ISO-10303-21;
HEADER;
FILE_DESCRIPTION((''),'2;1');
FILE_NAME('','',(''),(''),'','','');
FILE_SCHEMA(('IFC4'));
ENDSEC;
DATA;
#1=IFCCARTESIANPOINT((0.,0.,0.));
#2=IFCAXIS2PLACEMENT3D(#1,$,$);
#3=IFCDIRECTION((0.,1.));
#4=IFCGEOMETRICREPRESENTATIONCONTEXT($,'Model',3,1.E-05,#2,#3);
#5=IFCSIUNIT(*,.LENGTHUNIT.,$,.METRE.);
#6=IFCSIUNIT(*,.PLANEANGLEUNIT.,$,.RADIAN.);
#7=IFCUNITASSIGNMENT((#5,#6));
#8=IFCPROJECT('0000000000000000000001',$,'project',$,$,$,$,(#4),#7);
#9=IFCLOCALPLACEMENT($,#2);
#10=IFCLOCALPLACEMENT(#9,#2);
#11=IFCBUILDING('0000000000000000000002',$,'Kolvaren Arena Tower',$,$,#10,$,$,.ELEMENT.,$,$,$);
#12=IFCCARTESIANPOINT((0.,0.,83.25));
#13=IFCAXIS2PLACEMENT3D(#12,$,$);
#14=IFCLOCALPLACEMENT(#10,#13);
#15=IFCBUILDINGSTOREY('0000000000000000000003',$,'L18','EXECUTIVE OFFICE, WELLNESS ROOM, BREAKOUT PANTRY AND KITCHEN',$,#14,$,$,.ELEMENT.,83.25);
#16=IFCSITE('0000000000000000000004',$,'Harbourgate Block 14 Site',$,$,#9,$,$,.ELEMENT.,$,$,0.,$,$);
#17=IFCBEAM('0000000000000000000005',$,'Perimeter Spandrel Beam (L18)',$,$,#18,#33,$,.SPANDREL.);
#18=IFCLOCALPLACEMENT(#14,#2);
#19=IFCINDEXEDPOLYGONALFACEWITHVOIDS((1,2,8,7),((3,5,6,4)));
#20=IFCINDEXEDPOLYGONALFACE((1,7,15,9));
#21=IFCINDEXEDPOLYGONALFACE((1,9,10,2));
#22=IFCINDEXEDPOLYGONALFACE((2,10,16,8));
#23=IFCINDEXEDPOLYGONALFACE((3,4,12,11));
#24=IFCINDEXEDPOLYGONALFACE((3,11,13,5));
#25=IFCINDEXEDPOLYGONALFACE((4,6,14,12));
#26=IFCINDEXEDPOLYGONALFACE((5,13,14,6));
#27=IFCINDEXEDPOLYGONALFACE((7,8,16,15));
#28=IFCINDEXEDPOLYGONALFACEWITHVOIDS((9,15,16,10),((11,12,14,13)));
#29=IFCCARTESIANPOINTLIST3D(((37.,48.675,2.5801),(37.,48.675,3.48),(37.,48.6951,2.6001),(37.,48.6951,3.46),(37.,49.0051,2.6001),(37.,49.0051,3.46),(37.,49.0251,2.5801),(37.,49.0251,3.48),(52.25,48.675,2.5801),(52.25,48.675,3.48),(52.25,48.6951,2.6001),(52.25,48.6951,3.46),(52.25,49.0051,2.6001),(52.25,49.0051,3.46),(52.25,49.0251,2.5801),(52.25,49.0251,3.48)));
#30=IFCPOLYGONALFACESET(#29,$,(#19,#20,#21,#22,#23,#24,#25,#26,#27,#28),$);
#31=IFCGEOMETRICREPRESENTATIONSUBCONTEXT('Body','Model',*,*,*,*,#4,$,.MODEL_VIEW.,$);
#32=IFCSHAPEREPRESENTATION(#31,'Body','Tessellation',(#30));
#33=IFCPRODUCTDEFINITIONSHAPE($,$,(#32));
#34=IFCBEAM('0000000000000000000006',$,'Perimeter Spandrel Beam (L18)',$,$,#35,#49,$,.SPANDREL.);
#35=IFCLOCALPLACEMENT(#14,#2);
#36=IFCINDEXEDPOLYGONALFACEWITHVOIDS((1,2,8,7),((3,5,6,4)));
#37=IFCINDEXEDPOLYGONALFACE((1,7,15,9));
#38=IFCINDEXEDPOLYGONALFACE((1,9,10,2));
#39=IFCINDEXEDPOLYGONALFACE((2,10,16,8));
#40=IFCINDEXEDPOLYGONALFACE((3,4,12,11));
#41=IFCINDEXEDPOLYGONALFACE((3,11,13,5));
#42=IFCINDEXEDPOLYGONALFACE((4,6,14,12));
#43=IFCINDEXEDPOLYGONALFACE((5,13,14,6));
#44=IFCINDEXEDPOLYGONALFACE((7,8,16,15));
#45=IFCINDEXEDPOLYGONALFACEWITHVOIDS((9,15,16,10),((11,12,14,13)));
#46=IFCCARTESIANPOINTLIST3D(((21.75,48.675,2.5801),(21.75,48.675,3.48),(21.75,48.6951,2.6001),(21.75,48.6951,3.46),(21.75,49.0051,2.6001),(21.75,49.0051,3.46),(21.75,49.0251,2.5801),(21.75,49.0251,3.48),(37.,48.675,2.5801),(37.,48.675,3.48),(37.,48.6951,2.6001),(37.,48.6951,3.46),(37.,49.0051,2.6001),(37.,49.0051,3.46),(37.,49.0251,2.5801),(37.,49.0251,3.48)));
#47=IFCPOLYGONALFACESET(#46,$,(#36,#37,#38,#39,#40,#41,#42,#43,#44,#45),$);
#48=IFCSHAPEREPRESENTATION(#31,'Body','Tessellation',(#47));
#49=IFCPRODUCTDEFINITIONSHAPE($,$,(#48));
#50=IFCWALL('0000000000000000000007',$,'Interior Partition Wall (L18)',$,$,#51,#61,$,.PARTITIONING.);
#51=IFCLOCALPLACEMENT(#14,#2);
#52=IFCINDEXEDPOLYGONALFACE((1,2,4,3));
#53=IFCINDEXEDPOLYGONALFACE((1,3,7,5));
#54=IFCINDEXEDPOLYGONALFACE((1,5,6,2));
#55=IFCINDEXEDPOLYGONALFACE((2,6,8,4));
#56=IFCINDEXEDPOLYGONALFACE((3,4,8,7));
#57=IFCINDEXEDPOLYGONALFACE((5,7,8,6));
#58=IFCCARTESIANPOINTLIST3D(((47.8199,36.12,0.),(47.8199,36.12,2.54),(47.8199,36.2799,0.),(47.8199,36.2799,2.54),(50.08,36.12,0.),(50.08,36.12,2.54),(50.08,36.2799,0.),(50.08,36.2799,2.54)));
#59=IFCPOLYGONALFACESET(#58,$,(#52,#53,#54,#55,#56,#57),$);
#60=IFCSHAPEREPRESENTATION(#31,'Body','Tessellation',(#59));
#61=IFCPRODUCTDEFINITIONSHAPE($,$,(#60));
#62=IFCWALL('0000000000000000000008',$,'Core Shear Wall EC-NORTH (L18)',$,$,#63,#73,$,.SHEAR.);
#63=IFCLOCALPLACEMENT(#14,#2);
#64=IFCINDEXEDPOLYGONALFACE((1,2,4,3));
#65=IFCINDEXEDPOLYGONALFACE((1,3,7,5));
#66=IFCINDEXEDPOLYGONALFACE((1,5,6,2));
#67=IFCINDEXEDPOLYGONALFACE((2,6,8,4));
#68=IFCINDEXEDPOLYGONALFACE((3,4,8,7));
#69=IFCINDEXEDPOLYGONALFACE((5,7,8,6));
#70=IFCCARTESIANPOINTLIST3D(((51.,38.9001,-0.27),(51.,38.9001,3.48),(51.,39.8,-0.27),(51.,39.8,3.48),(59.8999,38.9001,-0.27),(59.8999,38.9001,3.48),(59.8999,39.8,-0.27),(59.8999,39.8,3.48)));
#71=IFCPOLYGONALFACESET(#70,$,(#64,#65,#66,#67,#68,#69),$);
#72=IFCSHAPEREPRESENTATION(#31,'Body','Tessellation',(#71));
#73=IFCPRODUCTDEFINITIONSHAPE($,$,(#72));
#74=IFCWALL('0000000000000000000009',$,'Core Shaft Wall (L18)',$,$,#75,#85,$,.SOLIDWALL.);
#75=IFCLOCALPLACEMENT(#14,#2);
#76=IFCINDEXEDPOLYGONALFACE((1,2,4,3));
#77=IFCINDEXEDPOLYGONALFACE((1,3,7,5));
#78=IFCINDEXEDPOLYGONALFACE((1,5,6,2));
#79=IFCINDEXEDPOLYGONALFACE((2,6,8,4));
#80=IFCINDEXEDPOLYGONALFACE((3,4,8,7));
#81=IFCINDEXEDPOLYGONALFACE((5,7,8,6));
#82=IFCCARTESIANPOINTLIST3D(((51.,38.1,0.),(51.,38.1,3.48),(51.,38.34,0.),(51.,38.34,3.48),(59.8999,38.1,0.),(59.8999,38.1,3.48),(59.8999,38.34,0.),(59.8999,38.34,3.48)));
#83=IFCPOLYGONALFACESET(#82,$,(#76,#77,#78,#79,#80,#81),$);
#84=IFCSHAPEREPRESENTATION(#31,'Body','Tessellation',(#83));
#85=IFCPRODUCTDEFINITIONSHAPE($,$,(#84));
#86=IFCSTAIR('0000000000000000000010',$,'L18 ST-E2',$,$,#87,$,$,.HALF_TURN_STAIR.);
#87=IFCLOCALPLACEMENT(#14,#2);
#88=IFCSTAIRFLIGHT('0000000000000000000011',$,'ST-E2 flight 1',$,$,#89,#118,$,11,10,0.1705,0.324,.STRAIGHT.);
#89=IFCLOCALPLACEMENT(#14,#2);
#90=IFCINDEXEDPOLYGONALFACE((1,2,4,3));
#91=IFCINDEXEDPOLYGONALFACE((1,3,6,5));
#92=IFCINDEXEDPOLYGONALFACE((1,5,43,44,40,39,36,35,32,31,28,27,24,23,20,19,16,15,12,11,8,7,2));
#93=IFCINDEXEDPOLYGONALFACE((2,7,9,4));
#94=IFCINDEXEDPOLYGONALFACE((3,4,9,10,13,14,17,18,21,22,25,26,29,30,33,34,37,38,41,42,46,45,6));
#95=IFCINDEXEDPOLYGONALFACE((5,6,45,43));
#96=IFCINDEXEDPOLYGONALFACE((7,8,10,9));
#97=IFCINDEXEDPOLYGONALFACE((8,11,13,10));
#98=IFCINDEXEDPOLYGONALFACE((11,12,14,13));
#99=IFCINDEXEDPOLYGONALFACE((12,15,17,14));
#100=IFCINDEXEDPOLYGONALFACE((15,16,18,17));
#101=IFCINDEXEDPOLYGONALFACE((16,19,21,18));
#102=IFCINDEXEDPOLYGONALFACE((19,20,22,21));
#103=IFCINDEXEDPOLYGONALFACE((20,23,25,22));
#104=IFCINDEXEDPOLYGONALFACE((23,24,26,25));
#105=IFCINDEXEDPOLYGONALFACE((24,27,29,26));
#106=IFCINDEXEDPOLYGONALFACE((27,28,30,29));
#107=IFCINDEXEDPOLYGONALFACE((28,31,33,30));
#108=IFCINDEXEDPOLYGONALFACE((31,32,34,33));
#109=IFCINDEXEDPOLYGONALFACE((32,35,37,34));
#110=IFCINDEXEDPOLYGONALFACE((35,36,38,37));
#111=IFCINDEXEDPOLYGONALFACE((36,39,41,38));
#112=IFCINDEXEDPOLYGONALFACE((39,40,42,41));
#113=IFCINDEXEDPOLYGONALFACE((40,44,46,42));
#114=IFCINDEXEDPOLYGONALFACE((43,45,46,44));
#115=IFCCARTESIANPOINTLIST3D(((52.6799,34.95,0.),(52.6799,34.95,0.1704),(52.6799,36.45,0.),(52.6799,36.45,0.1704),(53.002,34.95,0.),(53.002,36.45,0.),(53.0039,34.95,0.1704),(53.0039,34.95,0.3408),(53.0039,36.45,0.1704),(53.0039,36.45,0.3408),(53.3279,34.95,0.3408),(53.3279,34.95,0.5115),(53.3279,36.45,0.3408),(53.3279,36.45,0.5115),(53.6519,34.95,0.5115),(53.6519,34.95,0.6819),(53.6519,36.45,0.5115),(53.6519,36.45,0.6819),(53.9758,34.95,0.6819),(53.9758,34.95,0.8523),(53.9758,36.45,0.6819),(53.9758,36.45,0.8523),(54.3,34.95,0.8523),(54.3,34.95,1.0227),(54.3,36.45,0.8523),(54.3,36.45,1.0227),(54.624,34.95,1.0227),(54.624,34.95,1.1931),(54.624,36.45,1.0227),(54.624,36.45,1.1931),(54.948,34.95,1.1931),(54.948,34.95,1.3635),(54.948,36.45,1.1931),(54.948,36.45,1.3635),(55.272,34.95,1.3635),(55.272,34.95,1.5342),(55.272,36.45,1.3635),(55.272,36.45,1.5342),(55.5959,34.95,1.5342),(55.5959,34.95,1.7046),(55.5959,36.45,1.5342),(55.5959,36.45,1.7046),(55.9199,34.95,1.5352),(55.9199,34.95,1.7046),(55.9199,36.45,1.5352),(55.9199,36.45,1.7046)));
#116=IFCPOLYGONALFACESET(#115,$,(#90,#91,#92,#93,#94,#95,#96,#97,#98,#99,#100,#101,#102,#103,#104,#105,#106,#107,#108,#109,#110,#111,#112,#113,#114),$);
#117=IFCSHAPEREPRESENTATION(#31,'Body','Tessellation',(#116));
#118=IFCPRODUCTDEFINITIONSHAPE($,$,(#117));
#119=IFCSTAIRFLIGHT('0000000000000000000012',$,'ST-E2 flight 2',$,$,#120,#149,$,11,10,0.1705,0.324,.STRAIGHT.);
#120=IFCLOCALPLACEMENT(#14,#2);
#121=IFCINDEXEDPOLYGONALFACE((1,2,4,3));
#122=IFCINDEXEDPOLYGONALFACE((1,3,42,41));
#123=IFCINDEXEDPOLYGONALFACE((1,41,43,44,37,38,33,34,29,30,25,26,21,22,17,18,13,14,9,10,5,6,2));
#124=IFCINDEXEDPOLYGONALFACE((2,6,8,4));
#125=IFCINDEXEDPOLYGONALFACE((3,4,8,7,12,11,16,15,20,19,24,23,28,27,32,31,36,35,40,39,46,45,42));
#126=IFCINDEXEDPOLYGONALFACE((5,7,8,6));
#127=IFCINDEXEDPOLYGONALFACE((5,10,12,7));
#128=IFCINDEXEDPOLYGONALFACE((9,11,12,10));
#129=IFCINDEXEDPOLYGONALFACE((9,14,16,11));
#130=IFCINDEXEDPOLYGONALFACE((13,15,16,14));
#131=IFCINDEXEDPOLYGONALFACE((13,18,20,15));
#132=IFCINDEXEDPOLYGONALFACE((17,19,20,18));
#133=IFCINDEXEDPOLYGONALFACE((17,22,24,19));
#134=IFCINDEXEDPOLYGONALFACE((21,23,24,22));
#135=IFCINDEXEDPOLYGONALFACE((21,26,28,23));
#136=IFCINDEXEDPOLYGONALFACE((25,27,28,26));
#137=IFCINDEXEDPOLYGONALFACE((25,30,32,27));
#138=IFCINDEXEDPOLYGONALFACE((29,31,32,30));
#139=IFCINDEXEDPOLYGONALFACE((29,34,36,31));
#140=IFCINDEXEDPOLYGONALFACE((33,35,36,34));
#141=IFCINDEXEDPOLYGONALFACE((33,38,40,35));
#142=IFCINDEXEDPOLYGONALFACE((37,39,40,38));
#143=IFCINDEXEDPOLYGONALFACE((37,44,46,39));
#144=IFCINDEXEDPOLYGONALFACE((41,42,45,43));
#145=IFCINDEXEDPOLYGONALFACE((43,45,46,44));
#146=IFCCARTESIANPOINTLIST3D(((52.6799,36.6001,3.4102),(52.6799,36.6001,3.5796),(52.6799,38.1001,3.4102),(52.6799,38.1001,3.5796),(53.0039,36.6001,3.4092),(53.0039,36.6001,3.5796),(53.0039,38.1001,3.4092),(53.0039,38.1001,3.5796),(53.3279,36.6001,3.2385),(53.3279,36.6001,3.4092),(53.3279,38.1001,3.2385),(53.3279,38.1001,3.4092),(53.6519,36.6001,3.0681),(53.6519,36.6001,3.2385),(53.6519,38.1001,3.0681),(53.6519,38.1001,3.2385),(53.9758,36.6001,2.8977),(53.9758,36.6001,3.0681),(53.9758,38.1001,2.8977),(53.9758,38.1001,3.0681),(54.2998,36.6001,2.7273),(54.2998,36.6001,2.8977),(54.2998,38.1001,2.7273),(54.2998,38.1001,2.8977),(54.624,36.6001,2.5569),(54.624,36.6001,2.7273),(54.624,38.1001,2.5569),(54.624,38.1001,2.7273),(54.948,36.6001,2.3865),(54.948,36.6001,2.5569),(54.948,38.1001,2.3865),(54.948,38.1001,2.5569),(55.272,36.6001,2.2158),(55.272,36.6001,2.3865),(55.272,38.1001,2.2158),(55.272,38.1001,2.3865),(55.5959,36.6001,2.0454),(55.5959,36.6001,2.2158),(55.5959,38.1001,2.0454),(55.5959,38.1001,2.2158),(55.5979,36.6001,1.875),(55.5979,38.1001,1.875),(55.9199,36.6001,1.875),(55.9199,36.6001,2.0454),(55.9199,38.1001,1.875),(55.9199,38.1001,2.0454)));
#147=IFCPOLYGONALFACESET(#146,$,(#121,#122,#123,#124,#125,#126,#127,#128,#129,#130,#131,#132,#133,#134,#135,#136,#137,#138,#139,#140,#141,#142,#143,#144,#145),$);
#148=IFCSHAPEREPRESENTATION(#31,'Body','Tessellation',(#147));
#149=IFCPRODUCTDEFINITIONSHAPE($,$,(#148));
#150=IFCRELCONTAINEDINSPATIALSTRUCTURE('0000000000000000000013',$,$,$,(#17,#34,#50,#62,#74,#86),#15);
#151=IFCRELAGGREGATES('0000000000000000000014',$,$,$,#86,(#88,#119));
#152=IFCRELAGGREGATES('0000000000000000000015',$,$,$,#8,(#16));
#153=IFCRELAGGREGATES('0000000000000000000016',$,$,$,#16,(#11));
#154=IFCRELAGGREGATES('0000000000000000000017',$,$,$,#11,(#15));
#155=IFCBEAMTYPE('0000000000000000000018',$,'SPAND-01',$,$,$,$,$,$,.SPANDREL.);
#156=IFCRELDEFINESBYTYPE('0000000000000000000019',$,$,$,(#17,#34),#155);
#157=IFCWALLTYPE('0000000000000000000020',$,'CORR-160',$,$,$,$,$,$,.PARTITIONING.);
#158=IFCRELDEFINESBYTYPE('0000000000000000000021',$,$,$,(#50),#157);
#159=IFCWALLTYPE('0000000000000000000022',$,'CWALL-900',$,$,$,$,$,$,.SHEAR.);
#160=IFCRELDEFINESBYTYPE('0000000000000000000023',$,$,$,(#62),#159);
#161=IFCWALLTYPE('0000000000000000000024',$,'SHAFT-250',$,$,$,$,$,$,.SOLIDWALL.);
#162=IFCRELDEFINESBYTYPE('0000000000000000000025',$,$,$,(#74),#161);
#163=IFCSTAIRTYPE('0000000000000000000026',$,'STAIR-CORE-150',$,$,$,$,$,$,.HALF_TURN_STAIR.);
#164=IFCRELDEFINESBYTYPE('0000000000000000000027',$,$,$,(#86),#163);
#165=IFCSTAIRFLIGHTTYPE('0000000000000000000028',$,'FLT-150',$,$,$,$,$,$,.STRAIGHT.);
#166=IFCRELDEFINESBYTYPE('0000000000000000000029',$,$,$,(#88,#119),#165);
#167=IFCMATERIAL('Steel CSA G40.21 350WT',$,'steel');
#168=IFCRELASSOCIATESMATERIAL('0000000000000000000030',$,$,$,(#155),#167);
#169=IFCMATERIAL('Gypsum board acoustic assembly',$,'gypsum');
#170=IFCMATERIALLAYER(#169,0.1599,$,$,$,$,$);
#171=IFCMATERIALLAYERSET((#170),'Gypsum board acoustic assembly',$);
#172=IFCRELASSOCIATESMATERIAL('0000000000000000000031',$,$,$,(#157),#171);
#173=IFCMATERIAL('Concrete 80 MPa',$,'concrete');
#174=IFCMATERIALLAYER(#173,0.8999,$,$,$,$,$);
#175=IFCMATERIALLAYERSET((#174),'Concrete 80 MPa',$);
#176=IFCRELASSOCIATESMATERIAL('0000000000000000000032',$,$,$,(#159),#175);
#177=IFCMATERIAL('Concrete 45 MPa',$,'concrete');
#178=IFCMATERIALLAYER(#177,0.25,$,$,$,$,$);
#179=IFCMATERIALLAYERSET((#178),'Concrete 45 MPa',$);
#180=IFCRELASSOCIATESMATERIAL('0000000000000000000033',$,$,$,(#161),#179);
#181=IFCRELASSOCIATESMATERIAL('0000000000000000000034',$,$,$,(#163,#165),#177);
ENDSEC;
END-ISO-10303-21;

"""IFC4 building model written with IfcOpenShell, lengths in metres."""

from ifc_helpers import new_model, si_unit, direction, frame, frame_2d, origin, origin_2d, place, context, subcontext, project, spatial, polyline, rectangle, hollow_rectangle, outline, extrude, material, layer, layer_set, material_profile, profile_set, type_object, element, aggregate, save


model = new_model("IFC4")

# Units and contexts
model_context = context("Model", 3, precision=1e-05, world=origin(), true_north=direction((0.0, 1.0)))
body_context = subcontext(model_context, "Body", "Model", "MODEL_VIEW")
ifc_project = project(units=[si_unit("LENGTHUNIT", "METRE"), si_unit("PLANEANGLEUNIT", "RADIAN")], contexts=[model_context])

# Site, building, storey
site_placement = place(None, origin())
site = spatial("IfcSite", under=ifc_project, at=site_placement, Name="Harbourgate Block 14 Site", CompositionType="ELEMENT", RefElevation=0.0)
building_placement = place(site_placement, origin())
building = spatial("IfcBuilding", under=site, at=building_placement, Name="Kolvaren Arena Tower", CompositionType="ELEMENT")
storey_placement = place(building_placement, frame((0.0, 0.0, 83.25)))
storey = spatial("IfcBuildingStorey", under=building, at=storey_placement, Name="L18", Description="EXECUTIVE OFFICE, WELLNESS ROOM, BREAKOUT PANTRY AND KITCHEN", CompositionType="ELEMENT", Elevation=83.25)

# Beams
ifc_material_1 = material(Name="Steel CSA G40.21 350WT", Category="steel")
ifc_material_profile_1 = material_profile(ifc_material_1, hollow_rectangle(XDim=0.3501, YDim=0.8999, WallThickness=0.02, at=origin_2d()), Name="HSS 900x350x20")
ifc_profile_set_1 = profile_set([ifc_material_profile_1], Name="Steel CSA G40.21 350WT")
beam_type_1 = type_object("IfcBeamType", Name="SPAND-01", PredefinedType="SPANDREL", material=ifc_profile_set_1)
for number, where, z_axis, x_axis, name in (
    (1, (52.25, 48.8501, 3.03), (-1.0, 0.0, 0.0), (0.0, -1.0, 0.0), "Perimeter Spandrel Beam (L18)"),
    (2, (37.0, 48.8501, 3.03), (-1.0, 0.0, 0.0), (0.0, -1.0, 0.0), "Perimeter Spandrel Beam (L18)"),
):
    element("IfcBeam", number, at=place(storey_placement, frame(where, z_axis=z_axis, x_axis=x_axis)), inside=storey, type_object=beam_type_1, Name=name, PredefinedType="SPANDREL", context=body_context, shape_type="SweptSolid", body=[
        extrude(hollow_rectangle(XDim=0.3501, YDim=0.8999, WallThickness=0.02, at=origin_2d()), origin(), (0.0, 0.0, 1.0), 15.25),
    ])

# Walls
ifc_material_2 = material(Name="Gypsum board acoustic assembly", Category="gypsum")
ifc_layer_1 = layer(ifc_material_2, 0.1599)
ifc_layer_set_1 = layer_set([ifc_layer_1], Name="Gypsum board acoustic assembly")
wall_type_1 = type_object("IfcWallType", Name="CORR-160", PredefinedType="PARTITIONING", material=ifc_layer_set_1)
wall_1_placement = place(storey_placement, frame((47.8201, 36.2, 0.0), z_axis=(0.0, 0.0, 1.0), x_axis=(1.0, 0.0, 0.0)))
element("IfcWall", 3, at=wall_1_placement, inside=storey, type_object=wall_type_1, Name="Interior Partition Wall (L18)", PredefinedType="PARTITIONING", context=body_context, shape_type="SweptSolid", body=[
    extrude(rectangle(XDim=2.26, YDim=0.1599, at=frame_2d((1.1299, 0.0))), origin(), (0.0, 0.0, 1.0), 2.54),
])
ifc_material_3 = material(Name="Concrete 80 MPa", Category="concrete")
ifc_layer_2 = layer(ifc_material_3, 0.8999)
ifc_layer_set_2 = layer_set([ifc_layer_2], Name="Concrete 80 MPa")
wall_type_2 = type_object("IfcWallType", Name="CWALL-900", PredefinedType="SHEAR", material=ifc_layer_set_2)
wall_2_placement = place(storey_placement, frame((51.0, 39.3501, -0.27), z_axis=(0.0, 0.0, 1.0), x_axis=(1.0, 0.0, 0.0)))
element("IfcWall", 4, at=wall_2_placement, inside=storey, type_object=wall_type_2, Name="Core Shear Wall EC-NORTH (L18)", PredefinedType="SHEAR", context=body_context, shape_type="SweptSolid", body=[
    extrude(rectangle(XDim=8.8999, YDim=0.8999, at=frame_2d((4.45, 0.0))), origin(), (0.0, 0.0, 1.0), 3.75),
])
ifc_material_4 = material(Name="Concrete 45 MPa", Category="concrete")
ifc_layer_3 = layer(ifc_material_4, 0.25)
ifc_layer_set_3 = layer_set([ifc_layer_3], Name="Concrete 45 MPa")
wall_type_3 = type_object("IfcWallType", Name="SHAFT-250", PredefinedType="SOLIDWALL", material=ifc_layer_set_3)
wall_3_placement = place(storey_placement, frame((51.0, 38.22, 0.0), z_axis=(0.0, 0.0, 1.0), x_axis=(1.0, 0.0, 0.0)))
element("IfcWall", 5, at=wall_3_placement, inside=storey, type_object=wall_type_3, Name="Core Shaft Wall (L18)", PredefinedType="SOLIDWALL", context=body_context, shape_type="SweptSolid", body=[
    extrude(rectangle(XDim=8.8999, YDim=0.24, at=frame_2d((4.45, 0.0))), origin(), (0.0, 0.0, 1.0), 3.48),
])

# Stair, stair flights
stair_type = type_object("IfcStairType", Name="STAIR-CORE-150", PredefinedType="HALF_TURN_STAIR", material=ifc_material_4)
stair_placement = place(storey_placement, origin())
stair = element("IfcStair", 6, at=stair_placement, inside=storey, type_object=stair_type, Name="L18 ST-E2", PredefinedType="HALF_TURN_STAIR")
stair_flight_type = type_object("IfcStairFlightType", Name="FLT-150", PredefinedType="STRAIGHT", material=ifc_material_4)
stair_flight_1_placement = place(storey_placement, frame((52.6799, 35.7, 0.0), z_axis=(0.0, 0.0, 1.0), x_axis=(1.0, 0.0, 0.0)))
stair_flight_1 = element("IfcStairFlight", 7, at=stair_flight_1_placement, type_object=stair_flight_type, Name="ST-E2 flight 1", NumberOfRisers=11, NumberOfTreads=10, PredefinedType="STRAIGHT", RiserHeight=0.1705, TreadLength=0.324, context=body_context, shape_type="SweptSolid", body=[
    extrude(outline(polyline([(0.0, 0.0), (0.0, 0.1704), (0.324, 0.1704), (0.324, 0.3408), (0.6479, 0.3408), (0.6479, 0.5115), (0.9719, 0.5115), (0.9719, 0.6819), (1.2959, 0.6819), (1.2959, 0.8523), (1.6201, 0.8523), (1.6201, 1.0227), (1.9441, 1.0227), (1.9441, 1.1931), (2.2681, 1.1931), (2.2681, 1.3635), (2.592, 1.3635), (2.592, 1.5342), (2.916, 1.5342), (2.916, 1.7046), (3.24, 1.7046), (3.24, 1.875), (3.24, 1.5352), (0.322, 0.0), (0.0, 0.0)])), frame((0.0, 0.75, 0.0), z_axis=(0.0, -1.0, 0.0), x_axis=(1.0, 0.0, 0.0)), (0.0, 0.0, 1.0), 1.5),
])
stair_flight_2_placement = place(storey_placement, frame((55.9199, 37.3501, 1.875), z_axis=(0.0, 0.0, 1.0), x_axis=(-1.0, 0.0, 0.0)))
stair_flight_2 = element("IfcStairFlight", 8, at=stair_flight_2_placement, type_object=stair_flight_type, Name="ST-E2 flight 2", NumberOfRisers=11, NumberOfTreads=10, PredefinedType="STRAIGHT", RiserHeight=0.1705, TreadLength=0.324, context=body_context, shape_type="SweptSolid", body=[
    extrude(outline(polyline([(0.0, 0.0), (0.0, 0.1704), (0.324, 0.1704), (0.324, 0.3408), (0.6479, 0.3408), (0.6479, 0.5115), (0.9719, 0.5115), (0.9719, 0.6819), (1.2959, 0.6819), (1.2959, 0.8523), (1.6201, 0.8523), (1.6201, 1.0227), (1.9441, 1.0227), (1.9441, 1.1931), (2.2681, 1.1931), (2.2681, 1.3635), (2.592, 1.3635), (2.592, 1.5342), (2.916, 1.5342), (2.916, 1.7046), (3.24, 1.7046), (3.24, 1.875), (3.24, 1.5352), (0.322, 0.0), (0.0, 0.0)])), frame((0.0, 0.75, 0.0), z_axis=(0.0, -1.0, 0.0), x_axis=(1.0, 0.0, 0.0)), (0.0, 0.0, 1.0), 1.5),
])
aggregate(stair, [stair_flight_1, stair_flight_2])

save(model, "model.ifc")
